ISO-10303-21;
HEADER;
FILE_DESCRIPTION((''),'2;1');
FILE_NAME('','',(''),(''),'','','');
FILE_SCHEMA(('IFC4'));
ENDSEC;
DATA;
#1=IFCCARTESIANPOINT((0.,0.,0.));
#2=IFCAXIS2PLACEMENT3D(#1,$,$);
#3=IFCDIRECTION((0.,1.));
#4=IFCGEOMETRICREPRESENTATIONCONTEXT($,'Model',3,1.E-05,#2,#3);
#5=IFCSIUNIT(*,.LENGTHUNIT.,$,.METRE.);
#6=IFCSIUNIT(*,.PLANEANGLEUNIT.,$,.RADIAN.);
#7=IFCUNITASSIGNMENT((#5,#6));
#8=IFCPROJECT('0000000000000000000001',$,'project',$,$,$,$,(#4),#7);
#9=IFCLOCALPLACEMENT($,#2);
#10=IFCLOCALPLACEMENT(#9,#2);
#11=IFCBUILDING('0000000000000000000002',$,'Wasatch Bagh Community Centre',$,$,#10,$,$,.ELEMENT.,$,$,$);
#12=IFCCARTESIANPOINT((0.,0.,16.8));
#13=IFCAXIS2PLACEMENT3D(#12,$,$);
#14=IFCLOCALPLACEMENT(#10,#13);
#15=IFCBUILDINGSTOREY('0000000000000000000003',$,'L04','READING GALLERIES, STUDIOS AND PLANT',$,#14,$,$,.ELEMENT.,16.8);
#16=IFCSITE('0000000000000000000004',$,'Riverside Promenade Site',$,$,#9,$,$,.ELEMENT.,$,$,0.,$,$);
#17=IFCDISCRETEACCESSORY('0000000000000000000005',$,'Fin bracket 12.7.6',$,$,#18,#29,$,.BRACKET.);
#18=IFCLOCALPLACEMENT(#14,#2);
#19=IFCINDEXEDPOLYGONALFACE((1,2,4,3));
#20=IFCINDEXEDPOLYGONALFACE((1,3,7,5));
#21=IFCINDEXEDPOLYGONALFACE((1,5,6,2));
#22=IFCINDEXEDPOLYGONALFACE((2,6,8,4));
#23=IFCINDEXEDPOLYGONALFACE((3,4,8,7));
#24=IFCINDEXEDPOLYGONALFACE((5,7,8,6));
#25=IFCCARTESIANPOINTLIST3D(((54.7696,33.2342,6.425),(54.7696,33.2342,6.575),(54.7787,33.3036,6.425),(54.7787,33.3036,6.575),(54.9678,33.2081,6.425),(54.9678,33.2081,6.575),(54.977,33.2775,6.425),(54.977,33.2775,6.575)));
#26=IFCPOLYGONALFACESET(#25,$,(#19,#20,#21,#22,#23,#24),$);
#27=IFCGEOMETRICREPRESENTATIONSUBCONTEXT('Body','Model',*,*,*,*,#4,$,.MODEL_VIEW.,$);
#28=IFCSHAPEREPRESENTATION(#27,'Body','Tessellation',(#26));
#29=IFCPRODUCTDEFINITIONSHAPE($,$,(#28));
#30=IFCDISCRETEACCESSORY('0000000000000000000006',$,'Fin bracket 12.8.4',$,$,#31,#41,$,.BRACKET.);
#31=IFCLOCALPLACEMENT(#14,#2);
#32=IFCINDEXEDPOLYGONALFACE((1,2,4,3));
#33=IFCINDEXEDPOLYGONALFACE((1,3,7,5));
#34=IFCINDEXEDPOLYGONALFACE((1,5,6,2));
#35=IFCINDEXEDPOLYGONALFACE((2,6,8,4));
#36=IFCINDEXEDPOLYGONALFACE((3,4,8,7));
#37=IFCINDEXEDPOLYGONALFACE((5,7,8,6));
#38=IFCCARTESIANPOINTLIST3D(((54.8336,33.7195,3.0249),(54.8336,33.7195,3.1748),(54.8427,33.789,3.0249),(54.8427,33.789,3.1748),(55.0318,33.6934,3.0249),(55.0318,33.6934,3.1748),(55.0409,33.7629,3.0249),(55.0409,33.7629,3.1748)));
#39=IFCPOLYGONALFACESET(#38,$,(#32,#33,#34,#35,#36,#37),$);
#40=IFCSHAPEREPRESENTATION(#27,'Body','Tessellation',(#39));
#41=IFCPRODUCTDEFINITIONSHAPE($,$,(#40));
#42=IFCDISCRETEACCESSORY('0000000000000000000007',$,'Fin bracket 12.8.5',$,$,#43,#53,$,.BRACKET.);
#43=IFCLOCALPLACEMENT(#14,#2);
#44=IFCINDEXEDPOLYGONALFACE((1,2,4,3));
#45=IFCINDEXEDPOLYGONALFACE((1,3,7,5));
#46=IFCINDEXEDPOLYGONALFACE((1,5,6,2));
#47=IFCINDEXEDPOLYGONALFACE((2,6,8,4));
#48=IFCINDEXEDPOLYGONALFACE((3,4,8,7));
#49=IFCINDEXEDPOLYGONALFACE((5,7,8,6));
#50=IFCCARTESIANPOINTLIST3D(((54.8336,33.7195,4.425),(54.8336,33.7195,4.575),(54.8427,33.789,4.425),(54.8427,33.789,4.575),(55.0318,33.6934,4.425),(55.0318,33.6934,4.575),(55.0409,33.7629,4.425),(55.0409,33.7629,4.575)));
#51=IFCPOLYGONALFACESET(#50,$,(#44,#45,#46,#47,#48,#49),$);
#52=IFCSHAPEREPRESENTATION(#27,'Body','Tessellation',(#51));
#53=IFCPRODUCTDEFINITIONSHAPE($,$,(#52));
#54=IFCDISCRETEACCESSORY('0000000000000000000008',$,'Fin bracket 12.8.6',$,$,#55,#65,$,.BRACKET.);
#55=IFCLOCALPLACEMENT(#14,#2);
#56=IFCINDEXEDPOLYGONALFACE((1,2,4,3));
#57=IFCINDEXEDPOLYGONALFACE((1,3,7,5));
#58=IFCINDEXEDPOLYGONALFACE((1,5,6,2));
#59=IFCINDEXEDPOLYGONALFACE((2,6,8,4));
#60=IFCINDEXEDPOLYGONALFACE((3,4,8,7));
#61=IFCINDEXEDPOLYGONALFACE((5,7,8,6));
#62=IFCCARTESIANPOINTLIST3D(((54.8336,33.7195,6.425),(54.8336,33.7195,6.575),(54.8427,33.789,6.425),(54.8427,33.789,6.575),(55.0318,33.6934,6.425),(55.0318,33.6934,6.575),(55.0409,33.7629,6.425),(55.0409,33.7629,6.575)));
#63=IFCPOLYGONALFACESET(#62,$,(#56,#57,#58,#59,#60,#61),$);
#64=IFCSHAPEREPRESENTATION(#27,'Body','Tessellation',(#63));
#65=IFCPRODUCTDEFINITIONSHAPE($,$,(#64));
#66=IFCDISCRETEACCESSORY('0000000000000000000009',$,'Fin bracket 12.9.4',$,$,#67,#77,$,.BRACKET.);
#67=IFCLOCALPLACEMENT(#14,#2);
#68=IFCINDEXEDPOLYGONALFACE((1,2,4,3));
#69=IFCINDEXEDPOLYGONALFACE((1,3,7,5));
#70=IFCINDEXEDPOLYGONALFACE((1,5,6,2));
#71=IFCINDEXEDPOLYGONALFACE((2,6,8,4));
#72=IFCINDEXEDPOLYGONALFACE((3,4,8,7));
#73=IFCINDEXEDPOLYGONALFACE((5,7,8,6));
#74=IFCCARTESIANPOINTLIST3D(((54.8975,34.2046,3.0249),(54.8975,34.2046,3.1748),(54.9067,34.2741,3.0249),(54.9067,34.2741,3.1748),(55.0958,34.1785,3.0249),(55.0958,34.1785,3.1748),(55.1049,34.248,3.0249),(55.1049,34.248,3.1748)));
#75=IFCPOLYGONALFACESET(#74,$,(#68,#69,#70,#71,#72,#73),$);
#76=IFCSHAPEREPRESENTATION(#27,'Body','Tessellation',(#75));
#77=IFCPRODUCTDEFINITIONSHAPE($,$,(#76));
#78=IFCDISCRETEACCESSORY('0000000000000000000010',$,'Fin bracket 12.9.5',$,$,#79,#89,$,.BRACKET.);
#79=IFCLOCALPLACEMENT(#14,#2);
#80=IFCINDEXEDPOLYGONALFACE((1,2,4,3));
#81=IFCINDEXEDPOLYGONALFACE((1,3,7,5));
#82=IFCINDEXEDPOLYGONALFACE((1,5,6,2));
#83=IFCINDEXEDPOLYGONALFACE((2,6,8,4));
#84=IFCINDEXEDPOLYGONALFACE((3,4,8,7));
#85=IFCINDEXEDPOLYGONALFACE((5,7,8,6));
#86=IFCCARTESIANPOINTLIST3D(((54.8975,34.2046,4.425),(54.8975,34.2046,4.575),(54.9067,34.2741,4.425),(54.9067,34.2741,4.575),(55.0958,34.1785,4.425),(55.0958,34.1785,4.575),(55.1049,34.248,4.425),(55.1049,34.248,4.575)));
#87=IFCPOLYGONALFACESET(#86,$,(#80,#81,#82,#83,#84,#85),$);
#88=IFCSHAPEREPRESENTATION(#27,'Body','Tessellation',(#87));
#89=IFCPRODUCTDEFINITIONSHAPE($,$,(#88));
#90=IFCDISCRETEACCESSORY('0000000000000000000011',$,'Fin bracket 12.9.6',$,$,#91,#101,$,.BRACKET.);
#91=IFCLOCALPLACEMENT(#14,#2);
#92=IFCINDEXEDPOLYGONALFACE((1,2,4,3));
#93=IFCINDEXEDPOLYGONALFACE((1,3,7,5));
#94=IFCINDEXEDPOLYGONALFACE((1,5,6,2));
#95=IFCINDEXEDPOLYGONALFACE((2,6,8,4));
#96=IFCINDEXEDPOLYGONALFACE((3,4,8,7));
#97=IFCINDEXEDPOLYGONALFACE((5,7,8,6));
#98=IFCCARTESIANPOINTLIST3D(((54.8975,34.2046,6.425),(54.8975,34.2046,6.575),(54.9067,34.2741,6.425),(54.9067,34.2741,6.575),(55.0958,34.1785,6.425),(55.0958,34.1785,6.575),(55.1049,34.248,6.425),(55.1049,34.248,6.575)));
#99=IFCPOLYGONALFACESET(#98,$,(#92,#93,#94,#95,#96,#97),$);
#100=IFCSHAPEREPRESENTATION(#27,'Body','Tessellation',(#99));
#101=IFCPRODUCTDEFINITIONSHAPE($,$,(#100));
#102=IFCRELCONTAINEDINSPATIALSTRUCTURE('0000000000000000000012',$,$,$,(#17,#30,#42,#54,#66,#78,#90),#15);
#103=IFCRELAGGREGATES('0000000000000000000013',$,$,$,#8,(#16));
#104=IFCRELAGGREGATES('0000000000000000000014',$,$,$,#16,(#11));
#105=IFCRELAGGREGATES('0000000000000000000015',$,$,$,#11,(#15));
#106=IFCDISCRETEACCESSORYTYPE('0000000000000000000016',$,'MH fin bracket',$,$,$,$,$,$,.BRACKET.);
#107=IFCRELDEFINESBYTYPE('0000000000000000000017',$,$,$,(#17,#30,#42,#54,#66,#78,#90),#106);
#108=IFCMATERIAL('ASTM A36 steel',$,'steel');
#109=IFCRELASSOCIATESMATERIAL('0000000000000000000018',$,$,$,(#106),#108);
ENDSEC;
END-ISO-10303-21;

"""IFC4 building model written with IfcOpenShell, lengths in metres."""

from ifc_helpers import new_model, si_unit, direction, frame, origin, origin_2d, place, context, subcontext, project, spatial, rectangle, extrude, material, type_object, element, save


model = new_model("IFC4")

# Units and contexts
model_context = context("Model", 3, precision=1e-05, world=origin(), true_north=direction((0.0, 1.0)))
body_context = subcontext(model_context, "Body", "Model", "MODEL_VIEW")
ifc_project = project(units=[si_unit("LENGTHUNIT", "METRE"), si_unit("PLANEANGLEUNIT", "RADIAN")], contexts=[model_context])

# Site, building, storey
site_placement = place(None, origin())
site = spatial("IfcSite", under=ifc_project, at=site_placement, Name="Riverside Promenade Site", CompositionType="ELEMENT", RefElevation=0.0)
building_placement = place(site_placement, origin())
building = spatial("IfcBuilding", under=site, at=building_placement, Name="Wasatch Bagh Community Centre", CompositionType="ELEMENT")
storey_placement = place(building_placement, frame((0.0, 0.0, 16.8)))
storey = spatial("IfcBuildingStorey", under=building, at=storey_placement, Name="L04", Description="READING GALLERIES, STUDIOS AND PLANT", CompositionType="ELEMENT", Elevation=16.8)

# Discrete accessories
ifc_material_1 = material(Name="ASTM A36 steel", Category="steel")
discrete_accessory_type = type_object("IfcDiscreteAccessoryType", Name="MH fin bracket", PredefinedType="BRACKET", material=ifc_material_1)
for number, where, z_axis, x_axis, name in (
    (1, (54.8733, 33.2559, 6.425), (0.0, 0.0, 1.0), (0.130526, 0.991445, 0.0), "Fin bracket 12.7.6"),
    (2, (54.9373, 33.7412, 3.0249), (0.0, 0.0, 1.0), (0.130526, 0.991445, 0.0), "Fin bracket 12.8.4"),
    (3, (54.9373, 33.7412, 4.425), (0.0, 0.0, 1.0), (0.130526, 0.991445, 0.0), "Fin bracket 12.8.5"),
    (4, (54.9373, 33.7412, 6.425), (0.0, 0.0, 1.0), (0.130526, 0.991445, 0.0), "Fin bracket 12.8.6"),
    (5, (55.0012, 34.2263, 3.0249), (0.0, 0.0, 1.0), (0.130526, 0.991445, 0.0), "Fin bracket 12.9.4"),
    (6, (55.0012, 34.2263, 4.425), (0.0, 0.0, 1.0), (0.130526, 0.991445, 0.0), "Fin bracket 12.9.5"),
    (7, (55.0012, 34.2263, 6.425), (0.0, 0.0, 1.0), (0.130526, 0.991445, 0.0), "Fin bracket 12.9.6"),
):
    element("IfcDiscreteAccessory", number, at=place(storey_placement, frame(where, z_axis=z_axis, x_axis=x_axis)), inside=storey, type_object=discrete_accessory_type, Name=name, PredefinedType="BRACKET", context=body_context, shape_type="SweptSolid", body=[
        extrude(rectangle(XDim=0.0701, YDim=0.2, at=origin_2d()), origin(), (0.0, 0.0, 1.0), 0.1499),
    ])

save(model, "model.ifc")
